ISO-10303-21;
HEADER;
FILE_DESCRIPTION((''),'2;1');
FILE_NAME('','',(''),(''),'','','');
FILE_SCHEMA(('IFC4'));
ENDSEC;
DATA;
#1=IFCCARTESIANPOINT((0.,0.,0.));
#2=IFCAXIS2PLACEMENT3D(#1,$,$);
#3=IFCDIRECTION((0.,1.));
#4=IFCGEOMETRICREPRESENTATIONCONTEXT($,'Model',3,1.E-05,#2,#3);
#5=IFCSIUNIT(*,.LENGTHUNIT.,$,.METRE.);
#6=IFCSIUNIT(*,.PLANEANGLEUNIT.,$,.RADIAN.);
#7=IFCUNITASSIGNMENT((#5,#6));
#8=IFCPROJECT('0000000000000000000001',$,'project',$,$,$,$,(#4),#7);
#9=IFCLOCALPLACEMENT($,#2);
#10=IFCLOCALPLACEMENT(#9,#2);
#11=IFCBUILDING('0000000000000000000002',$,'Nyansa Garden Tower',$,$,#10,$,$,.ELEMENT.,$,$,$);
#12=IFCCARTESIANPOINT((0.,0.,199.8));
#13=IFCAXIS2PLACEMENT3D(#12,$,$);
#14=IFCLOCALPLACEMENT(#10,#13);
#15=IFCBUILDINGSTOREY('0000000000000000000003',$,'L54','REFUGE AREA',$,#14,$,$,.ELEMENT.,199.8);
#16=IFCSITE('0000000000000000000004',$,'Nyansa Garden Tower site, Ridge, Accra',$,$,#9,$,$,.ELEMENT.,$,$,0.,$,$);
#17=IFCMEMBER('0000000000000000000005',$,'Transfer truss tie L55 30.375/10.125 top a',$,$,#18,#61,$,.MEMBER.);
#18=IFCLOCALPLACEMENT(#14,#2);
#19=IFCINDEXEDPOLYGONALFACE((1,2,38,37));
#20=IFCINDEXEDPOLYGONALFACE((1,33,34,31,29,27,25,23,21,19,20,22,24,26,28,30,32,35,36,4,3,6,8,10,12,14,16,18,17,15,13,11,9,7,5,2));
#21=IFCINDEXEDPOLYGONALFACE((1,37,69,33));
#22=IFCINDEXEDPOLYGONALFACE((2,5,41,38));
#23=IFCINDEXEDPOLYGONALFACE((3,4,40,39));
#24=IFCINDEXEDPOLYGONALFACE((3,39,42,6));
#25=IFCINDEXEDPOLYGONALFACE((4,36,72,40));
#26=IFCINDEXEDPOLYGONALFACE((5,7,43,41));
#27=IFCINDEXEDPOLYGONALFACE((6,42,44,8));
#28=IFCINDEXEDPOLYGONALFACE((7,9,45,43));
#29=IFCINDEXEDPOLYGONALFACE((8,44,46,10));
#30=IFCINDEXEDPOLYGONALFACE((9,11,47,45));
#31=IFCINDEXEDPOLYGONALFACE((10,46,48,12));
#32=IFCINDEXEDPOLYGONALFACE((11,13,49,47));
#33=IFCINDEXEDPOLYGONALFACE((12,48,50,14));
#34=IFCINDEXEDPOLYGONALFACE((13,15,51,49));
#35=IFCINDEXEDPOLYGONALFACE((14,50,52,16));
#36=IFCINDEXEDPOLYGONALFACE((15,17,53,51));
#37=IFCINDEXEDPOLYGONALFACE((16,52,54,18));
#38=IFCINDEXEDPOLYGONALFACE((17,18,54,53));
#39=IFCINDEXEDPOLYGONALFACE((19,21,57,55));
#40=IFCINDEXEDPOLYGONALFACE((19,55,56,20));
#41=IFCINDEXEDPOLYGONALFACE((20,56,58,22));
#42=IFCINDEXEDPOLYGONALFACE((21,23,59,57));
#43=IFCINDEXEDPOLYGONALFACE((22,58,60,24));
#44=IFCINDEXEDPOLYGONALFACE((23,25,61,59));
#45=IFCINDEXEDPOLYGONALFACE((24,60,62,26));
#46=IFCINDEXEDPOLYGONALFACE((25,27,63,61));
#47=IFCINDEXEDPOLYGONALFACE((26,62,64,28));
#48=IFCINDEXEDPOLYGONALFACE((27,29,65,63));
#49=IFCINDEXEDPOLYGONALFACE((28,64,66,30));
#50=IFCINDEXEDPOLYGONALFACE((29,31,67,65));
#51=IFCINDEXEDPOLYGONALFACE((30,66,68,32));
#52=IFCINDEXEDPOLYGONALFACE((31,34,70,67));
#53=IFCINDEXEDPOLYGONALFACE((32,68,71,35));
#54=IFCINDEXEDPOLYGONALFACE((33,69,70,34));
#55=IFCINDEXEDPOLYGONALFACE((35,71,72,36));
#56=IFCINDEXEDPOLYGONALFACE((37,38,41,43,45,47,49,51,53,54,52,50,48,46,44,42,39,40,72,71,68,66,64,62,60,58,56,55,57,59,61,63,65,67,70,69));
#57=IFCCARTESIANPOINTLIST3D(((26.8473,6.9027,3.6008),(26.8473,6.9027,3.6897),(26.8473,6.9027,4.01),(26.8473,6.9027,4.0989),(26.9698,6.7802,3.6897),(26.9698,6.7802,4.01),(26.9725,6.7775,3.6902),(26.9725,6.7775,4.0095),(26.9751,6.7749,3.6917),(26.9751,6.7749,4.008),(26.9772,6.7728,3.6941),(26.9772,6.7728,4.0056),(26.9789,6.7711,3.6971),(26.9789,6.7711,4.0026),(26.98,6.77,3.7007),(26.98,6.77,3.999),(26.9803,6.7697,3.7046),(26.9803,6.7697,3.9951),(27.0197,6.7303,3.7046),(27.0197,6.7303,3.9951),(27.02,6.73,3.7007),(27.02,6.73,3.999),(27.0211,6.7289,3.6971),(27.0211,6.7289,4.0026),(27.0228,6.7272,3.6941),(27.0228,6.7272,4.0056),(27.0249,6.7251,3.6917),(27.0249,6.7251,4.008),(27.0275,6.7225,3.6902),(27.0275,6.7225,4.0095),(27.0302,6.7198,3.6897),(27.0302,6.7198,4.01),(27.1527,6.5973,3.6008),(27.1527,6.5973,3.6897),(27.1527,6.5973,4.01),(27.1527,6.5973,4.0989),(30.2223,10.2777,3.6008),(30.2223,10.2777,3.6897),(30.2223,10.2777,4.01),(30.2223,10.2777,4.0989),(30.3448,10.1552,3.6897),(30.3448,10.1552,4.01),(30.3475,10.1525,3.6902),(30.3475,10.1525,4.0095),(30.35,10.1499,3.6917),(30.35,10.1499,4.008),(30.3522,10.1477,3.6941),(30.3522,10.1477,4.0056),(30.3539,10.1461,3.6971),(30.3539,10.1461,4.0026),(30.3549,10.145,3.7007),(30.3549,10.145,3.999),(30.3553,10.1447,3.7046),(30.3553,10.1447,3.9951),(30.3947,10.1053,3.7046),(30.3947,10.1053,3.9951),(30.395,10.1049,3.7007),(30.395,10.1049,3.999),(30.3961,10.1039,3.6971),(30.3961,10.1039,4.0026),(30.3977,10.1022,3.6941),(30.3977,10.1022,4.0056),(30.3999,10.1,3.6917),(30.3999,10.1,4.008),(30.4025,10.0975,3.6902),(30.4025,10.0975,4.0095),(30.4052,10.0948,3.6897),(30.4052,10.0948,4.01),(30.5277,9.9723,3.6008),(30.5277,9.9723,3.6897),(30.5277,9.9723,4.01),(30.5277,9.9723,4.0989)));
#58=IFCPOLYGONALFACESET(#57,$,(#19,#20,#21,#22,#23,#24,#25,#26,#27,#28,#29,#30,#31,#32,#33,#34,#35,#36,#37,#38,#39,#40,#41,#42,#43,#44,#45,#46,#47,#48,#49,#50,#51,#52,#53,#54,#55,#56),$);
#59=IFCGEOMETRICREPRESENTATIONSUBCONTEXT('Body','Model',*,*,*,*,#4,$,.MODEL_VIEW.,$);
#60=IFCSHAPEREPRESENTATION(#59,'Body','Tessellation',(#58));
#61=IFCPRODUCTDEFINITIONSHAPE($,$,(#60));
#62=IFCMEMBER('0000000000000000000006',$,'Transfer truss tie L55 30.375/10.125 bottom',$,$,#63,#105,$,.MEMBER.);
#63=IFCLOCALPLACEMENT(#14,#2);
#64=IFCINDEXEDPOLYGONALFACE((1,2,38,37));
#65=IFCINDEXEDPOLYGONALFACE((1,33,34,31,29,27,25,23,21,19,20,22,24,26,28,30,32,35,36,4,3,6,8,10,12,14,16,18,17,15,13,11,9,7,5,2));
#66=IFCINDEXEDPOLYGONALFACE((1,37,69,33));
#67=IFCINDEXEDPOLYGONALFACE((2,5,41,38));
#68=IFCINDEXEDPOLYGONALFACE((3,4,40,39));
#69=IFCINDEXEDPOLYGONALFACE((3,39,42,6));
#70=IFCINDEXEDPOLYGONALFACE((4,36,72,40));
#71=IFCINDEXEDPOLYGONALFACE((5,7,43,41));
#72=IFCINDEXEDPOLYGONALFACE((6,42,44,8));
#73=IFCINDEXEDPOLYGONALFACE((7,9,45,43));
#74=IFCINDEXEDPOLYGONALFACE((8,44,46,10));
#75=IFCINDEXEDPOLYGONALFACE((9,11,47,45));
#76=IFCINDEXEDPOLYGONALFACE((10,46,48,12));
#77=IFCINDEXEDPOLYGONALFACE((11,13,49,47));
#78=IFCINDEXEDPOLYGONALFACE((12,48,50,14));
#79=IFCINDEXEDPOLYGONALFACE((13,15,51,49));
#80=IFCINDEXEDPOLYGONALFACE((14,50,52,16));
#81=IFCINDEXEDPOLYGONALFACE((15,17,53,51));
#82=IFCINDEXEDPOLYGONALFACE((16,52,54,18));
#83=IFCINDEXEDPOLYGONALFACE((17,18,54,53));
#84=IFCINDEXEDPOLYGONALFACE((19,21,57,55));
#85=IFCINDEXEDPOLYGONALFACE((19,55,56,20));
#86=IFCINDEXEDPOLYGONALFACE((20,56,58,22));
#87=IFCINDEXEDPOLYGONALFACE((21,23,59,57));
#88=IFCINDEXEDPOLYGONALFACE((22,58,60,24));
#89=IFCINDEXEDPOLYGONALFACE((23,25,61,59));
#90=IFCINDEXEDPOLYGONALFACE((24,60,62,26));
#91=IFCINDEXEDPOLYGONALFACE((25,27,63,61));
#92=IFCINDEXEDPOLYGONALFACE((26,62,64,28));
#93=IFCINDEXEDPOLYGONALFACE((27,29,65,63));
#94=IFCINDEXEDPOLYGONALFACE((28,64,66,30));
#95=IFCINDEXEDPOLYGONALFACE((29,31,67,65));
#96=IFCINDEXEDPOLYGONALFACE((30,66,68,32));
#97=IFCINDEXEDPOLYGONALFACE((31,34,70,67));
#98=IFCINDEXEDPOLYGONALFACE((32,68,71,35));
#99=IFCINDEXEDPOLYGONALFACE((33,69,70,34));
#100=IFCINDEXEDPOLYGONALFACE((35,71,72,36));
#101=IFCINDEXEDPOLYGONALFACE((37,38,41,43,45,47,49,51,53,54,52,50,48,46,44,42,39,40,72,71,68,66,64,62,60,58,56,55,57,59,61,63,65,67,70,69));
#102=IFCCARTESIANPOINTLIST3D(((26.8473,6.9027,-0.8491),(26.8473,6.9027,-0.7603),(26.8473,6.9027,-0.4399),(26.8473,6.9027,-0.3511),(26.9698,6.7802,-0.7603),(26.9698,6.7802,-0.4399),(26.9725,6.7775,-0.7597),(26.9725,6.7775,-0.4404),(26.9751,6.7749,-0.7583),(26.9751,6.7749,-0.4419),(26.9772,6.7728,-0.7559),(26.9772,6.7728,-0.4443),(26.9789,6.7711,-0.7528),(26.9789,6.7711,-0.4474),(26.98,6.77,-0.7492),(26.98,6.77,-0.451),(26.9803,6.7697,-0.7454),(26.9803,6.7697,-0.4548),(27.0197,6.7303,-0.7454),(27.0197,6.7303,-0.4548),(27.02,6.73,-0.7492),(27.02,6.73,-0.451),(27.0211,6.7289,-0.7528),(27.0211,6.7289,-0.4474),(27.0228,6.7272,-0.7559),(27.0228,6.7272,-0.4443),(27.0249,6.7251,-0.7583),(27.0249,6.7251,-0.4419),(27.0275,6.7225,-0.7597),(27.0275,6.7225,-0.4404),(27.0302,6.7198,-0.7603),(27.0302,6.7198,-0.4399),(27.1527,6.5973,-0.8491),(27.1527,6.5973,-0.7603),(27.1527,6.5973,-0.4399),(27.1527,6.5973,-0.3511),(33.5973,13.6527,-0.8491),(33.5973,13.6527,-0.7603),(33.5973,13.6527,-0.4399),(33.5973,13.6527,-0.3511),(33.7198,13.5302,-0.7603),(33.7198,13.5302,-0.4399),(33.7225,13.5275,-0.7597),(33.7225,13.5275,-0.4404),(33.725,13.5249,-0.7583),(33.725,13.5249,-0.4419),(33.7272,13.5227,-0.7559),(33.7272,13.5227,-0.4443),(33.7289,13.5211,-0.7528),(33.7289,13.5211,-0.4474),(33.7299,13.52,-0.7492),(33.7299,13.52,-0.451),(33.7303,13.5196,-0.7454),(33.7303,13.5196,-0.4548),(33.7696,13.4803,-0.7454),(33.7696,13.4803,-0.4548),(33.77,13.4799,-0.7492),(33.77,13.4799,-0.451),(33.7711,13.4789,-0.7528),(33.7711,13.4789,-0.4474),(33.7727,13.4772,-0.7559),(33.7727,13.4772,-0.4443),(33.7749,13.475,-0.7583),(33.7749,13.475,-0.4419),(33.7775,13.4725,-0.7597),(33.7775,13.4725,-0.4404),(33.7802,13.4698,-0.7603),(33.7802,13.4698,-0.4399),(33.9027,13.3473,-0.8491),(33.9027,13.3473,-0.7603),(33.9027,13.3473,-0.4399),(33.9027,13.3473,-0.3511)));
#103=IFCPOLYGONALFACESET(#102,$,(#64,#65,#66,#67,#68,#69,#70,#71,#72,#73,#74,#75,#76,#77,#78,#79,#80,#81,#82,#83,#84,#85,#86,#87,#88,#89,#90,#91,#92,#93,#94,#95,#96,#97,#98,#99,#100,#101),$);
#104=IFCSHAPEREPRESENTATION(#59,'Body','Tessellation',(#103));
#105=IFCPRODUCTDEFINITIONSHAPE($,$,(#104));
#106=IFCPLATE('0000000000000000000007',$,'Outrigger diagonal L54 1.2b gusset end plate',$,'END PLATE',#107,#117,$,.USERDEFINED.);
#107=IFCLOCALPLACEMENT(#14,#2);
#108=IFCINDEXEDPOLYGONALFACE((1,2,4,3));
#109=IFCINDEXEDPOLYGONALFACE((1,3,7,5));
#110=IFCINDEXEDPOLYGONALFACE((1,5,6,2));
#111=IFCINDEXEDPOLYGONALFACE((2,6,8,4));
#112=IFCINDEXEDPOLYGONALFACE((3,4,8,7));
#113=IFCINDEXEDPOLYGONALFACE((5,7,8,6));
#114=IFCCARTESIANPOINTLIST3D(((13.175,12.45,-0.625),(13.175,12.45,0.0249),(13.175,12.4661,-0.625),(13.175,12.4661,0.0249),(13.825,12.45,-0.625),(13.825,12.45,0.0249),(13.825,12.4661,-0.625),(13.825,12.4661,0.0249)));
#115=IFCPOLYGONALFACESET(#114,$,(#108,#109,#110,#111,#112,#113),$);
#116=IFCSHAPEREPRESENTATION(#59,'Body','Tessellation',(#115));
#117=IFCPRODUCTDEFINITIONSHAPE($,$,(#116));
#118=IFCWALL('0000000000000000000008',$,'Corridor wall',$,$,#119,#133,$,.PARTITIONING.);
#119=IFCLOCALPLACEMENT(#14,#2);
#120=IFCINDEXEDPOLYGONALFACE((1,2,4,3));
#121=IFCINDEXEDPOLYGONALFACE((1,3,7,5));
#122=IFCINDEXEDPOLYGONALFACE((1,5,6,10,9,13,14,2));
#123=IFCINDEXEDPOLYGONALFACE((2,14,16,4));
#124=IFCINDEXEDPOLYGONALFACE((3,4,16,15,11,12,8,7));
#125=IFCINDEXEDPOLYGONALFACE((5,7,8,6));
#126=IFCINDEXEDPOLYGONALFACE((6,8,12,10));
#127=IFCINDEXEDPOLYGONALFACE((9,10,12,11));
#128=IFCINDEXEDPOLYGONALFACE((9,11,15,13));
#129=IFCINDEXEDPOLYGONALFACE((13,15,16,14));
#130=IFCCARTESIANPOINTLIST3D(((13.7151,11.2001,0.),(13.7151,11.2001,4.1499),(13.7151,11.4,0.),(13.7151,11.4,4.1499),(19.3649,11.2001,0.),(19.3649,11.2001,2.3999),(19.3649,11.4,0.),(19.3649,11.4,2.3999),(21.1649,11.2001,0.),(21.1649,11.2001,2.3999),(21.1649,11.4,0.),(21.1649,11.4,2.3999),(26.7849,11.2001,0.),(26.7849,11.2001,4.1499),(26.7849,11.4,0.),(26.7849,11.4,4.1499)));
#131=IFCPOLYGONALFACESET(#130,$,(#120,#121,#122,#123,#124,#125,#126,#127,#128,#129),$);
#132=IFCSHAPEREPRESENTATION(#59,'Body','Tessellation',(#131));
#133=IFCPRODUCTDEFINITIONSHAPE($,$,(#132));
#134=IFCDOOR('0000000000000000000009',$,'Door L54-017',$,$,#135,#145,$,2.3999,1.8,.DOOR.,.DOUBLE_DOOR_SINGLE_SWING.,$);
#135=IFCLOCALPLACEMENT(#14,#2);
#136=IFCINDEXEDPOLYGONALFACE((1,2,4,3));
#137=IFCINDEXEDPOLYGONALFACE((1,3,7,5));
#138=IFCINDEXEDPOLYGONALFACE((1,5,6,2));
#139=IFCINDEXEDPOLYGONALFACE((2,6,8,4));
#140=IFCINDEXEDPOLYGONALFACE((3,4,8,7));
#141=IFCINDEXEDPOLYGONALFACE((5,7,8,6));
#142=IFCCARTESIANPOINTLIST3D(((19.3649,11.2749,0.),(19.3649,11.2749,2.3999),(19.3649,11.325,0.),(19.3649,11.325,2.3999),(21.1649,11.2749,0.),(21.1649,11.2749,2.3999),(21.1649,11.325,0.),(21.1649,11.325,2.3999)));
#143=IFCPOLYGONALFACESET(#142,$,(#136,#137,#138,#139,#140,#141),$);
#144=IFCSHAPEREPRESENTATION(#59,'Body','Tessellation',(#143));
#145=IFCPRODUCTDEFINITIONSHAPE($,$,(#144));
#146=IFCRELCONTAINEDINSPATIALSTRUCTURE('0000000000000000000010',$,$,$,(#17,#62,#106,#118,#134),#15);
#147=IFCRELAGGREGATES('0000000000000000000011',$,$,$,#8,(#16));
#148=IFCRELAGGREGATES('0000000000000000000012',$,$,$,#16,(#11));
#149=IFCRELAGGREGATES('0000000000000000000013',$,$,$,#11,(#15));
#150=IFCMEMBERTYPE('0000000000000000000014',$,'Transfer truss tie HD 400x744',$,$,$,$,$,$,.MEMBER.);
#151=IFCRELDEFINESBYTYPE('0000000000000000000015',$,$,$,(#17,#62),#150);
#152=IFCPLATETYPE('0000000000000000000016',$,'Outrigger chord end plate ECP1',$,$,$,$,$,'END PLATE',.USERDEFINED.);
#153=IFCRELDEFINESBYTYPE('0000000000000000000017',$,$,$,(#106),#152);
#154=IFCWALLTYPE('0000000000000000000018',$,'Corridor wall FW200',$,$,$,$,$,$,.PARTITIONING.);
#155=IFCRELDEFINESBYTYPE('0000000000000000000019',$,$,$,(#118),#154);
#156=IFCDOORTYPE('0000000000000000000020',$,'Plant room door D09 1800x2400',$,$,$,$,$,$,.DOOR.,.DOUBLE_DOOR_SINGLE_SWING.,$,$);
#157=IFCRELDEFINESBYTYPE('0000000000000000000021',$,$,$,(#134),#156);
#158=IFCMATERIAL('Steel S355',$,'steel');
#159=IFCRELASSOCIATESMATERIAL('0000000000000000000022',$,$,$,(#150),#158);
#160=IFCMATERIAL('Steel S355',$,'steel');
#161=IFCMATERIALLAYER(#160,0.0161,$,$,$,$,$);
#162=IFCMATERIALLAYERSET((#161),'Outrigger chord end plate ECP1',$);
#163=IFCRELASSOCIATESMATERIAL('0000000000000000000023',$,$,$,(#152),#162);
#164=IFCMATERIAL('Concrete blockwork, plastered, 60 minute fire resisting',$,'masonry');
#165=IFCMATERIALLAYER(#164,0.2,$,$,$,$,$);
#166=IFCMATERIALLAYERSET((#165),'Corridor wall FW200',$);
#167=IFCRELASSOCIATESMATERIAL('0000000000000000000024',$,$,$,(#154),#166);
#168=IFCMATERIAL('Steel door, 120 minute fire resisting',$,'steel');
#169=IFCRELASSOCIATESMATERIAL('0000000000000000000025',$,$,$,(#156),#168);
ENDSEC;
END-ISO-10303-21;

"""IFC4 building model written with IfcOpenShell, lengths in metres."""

from ifc_helpers import new_model, si_unit, direction, frame, frame_2d, origin, origin_2d, place, context, subcontext, project, spatial, rectangle, i_section, extrude, material, layer, layer_set, material_profile, profile_set, type_object, element, fill, save


model = new_model("IFC4")

# Units and contexts
model_context = context("Model", 3, precision=1e-05, world=origin(), true_north=direction((0.0, 1.0)))
body_context = subcontext(model_context, "Body", "Model", "MODEL_VIEW")
ifc_project = project(units=[si_unit("LENGTHUNIT", "METRE"), si_unit("PLANEANGLEUNIT", "RADIAN")], contexts=[model_context])

# Site, building, storey
site_placement = place(None, origin())
site = spatial("IfcSite", under=ifc_project, at=site_placement, Name="Nyansa Garden Tower site, Ridge, Accra", CompositionType="ELEMENT", RefElevation=0.0)
building_placement = place(site_placement, origin())
building = spatial("IfcBuilding", under=site, at=building_placement, Name="Nyansa Garden Tower", CompositionType="ELEMENT")
storey_placement = place(building_placement, frame((0.0, 0.0, 199.8)))
storey = spatial("IfcBuildingStorey", under=building, at=storey_placement, Name="L54", Description="REFUGE AREA", CompositionType="ELEMENT", Elevation=199.8)

# Members
ifc_material_1 = material(Name="Steel S355", Category="steel")
ifc_material_profile_1 = material_profile(ifc_material_1, i_section(OverallWidth=0.4319, OverallDepth=0.498, WebThickness=0.0557, FlangeThickness=0.0889, FilletRadius=0.0149, at=origin_2d()), Name="HD 400x744")
ifc_profile_set_1 = profile_set([ifc_material_profile_1], Name="Steel S355")
member_type_1 = type_object("IfcMemberType", Name="Transfer truss tie HD 400x744", PredefinedType="MEMBER", material=ifc_profile_set_1)
member_1_placement = place(storey_placement, frame((27.0, 6.75, 3.8499), z_axis=(0.707107, 0.707107, 0.0), x_axis=(-0.707107, 0.707107, 0.0)))
element("IfcMember", 1, at=member_1_placement, inside=storey, type_object=member_type_1, Name="Transfer truss tie L55 30.375/10.125 top a", PredefinedType="MEMBER", context=body_context, shape_type="SweptSolid", body=[
    extrude(i_section(OverallWidth=0.4319, OverallDepth=0.498, WebThickness=0.0557, FlangeThickness=0.0889, FilletRadius=0.0149, at=origin_2d()), origin(), (0.0, 0.0, 1.0), 4.7729),
])
member_2_placement = place(storey_placement, frame((27.0, 6.75, -0.6001), z_axis=(0.707107, 0.707107, 0.0), x_axis=(-0.707107, 0.707107, 0.0)))
element("IfcMember", 2, at=member_2_placement, inside=storey, type_object=member_type_1, Name="Transfer truss tie L55 30.375/10.125 bottom", PredefinedType="MEMBER", context=body_context, shape_type="SweptSolid", body=[
    extrude(i_section(OverallWidth=0.4319, OverallDepth=0.498, WebThickness=0.0557, FlangeThickness=0.0889, FilletRadius=0.0149, at=origin_2d()), origin(), (0.0, 0.0, 1.0), 9.5459),
])

# Plate
ifc_material_2 = material(Name="Steel S355", Category="steel")
ifc_layer_1 = layer(ifc_material_2, 0.0161)
ifc_layer_set_1 = layer_set([ifc_layer_1], Name="Outrigger chord end plate ECP1")
plate_type = type_object("IfcPlateType", Name="Outrigger chord end plate ECP1", ElementType="END PLATE", PredefinedType="USERDEFINED", material=ifc_layer_set_1)
plate_placement = place(storey_placement, frame((13.5, 12.458, -0.625), z_axis=(0.0, 0.0, 1.0), x_axis=(1.0, 0.0, 0.0)))
element("IfcPlate", 3, at=plate_placement, inside=storey, type_object=plate_type, Name="Outrigger diagonal L54 1.2b gusset end plate", ObjectType="END PLATE", PredefinedType="USERDEFINED", context=body_context, shape_type="SweptSolid", body=[
    extrude(rectangle(XDim=0.6499, YDim=0.0161, at=origin_2d()), origin(), (0.0, 0.0, 1.0), 0.6499),
])

# Wall, opening, door
ifc_material_3 = material(Name="Concrete blockwork, plastered, 60 minute fire resisting", Category="masonry")
ifc_layer_2 = layer(ifc_material_3, 0.2)
ifc_layer_set_2 = layer_set([ifc_layer_2], Name="Corridor wall FW200")
wall_type = type_object("IfcWallType", Name="Corridor wall FW200", PredefinedType="PARTITIONING", material=ifc_layer_set_2)
wall_placement = place(storey_placement, frame((13.7151, 11.3, 0.0), z_axis=(0.0, 0.0, 1.0), x_axis=(1.0, 0.0, 0.0)))
wall = element("IfcWall", 4, at=wall_placement, inside=storey, type_object=wall_type, Name="Corridor wall", PredefinedType="PARTITIONING", context=body_context, shape_type="SweptSolid", body=[
    extrude(rectangle(XDim=13.0698, YDim=0.2, at=frame_2d((6.5349, 0.0))), origin(), (0.0, 0.0, 1.0), 4.1499),
])
opening_placement = place(wall_placement, frame((5.6499, 0.0, 0.0)))
opening = element("IfcOpeningElement", 5, at=opening_placement, cuts=wall, PredefinedType="OPENING", context=body_context, shape_type="SweptSolid", body=[
    extrude(rectangle(XDim=1.8, YDim=2.3999, at=frame_2d((0.8999, 1.2))), frame((0.0, 0.1099, 0.0), z_axis=(0.0, -1.0, 0.0), x_axis=(1.0, 0.0, 0.0)), (0.0, 0.0, 1.0), 0.22),
])
ifc_material_4 = material(Name="Steel door, 120 minute fire resisting", Category="steel")
door_type = type_object("IfcDoorType", Name="Plant room door D09 1800x2400", OperationType="DOUBLE_DOOR_SINGLE_SWING", PredefinedType="DOOR", material=ifc_material_4)
door_placement = place(opening_placement, origin())
door = element("IfcDoor", 6, at=door_placement, inside=storey, type_object=door_type, Name="Door L54-017", OperationType="DOUBLE_DOOR_SINGLE_SWING", OverallHeight=2.3999, OverallWidth=1.8, PredefinedType="DOOR", context=body_context, shape_type="SweptSolid", body=[
    extrude(rectangle(XDim=1.8, YDim=2.3999, at=frame_2d((0.8999, 1.2))), frame((0.0, 0.0249, 0.0), z_axis=(0.0, -1.0, 0.0), x_axis=(1.0, 0.0, 0.0)), (0.0, 0.0, 1.0), 0.05),
])
fill(opening, door)

save(model, "model.ifc")
